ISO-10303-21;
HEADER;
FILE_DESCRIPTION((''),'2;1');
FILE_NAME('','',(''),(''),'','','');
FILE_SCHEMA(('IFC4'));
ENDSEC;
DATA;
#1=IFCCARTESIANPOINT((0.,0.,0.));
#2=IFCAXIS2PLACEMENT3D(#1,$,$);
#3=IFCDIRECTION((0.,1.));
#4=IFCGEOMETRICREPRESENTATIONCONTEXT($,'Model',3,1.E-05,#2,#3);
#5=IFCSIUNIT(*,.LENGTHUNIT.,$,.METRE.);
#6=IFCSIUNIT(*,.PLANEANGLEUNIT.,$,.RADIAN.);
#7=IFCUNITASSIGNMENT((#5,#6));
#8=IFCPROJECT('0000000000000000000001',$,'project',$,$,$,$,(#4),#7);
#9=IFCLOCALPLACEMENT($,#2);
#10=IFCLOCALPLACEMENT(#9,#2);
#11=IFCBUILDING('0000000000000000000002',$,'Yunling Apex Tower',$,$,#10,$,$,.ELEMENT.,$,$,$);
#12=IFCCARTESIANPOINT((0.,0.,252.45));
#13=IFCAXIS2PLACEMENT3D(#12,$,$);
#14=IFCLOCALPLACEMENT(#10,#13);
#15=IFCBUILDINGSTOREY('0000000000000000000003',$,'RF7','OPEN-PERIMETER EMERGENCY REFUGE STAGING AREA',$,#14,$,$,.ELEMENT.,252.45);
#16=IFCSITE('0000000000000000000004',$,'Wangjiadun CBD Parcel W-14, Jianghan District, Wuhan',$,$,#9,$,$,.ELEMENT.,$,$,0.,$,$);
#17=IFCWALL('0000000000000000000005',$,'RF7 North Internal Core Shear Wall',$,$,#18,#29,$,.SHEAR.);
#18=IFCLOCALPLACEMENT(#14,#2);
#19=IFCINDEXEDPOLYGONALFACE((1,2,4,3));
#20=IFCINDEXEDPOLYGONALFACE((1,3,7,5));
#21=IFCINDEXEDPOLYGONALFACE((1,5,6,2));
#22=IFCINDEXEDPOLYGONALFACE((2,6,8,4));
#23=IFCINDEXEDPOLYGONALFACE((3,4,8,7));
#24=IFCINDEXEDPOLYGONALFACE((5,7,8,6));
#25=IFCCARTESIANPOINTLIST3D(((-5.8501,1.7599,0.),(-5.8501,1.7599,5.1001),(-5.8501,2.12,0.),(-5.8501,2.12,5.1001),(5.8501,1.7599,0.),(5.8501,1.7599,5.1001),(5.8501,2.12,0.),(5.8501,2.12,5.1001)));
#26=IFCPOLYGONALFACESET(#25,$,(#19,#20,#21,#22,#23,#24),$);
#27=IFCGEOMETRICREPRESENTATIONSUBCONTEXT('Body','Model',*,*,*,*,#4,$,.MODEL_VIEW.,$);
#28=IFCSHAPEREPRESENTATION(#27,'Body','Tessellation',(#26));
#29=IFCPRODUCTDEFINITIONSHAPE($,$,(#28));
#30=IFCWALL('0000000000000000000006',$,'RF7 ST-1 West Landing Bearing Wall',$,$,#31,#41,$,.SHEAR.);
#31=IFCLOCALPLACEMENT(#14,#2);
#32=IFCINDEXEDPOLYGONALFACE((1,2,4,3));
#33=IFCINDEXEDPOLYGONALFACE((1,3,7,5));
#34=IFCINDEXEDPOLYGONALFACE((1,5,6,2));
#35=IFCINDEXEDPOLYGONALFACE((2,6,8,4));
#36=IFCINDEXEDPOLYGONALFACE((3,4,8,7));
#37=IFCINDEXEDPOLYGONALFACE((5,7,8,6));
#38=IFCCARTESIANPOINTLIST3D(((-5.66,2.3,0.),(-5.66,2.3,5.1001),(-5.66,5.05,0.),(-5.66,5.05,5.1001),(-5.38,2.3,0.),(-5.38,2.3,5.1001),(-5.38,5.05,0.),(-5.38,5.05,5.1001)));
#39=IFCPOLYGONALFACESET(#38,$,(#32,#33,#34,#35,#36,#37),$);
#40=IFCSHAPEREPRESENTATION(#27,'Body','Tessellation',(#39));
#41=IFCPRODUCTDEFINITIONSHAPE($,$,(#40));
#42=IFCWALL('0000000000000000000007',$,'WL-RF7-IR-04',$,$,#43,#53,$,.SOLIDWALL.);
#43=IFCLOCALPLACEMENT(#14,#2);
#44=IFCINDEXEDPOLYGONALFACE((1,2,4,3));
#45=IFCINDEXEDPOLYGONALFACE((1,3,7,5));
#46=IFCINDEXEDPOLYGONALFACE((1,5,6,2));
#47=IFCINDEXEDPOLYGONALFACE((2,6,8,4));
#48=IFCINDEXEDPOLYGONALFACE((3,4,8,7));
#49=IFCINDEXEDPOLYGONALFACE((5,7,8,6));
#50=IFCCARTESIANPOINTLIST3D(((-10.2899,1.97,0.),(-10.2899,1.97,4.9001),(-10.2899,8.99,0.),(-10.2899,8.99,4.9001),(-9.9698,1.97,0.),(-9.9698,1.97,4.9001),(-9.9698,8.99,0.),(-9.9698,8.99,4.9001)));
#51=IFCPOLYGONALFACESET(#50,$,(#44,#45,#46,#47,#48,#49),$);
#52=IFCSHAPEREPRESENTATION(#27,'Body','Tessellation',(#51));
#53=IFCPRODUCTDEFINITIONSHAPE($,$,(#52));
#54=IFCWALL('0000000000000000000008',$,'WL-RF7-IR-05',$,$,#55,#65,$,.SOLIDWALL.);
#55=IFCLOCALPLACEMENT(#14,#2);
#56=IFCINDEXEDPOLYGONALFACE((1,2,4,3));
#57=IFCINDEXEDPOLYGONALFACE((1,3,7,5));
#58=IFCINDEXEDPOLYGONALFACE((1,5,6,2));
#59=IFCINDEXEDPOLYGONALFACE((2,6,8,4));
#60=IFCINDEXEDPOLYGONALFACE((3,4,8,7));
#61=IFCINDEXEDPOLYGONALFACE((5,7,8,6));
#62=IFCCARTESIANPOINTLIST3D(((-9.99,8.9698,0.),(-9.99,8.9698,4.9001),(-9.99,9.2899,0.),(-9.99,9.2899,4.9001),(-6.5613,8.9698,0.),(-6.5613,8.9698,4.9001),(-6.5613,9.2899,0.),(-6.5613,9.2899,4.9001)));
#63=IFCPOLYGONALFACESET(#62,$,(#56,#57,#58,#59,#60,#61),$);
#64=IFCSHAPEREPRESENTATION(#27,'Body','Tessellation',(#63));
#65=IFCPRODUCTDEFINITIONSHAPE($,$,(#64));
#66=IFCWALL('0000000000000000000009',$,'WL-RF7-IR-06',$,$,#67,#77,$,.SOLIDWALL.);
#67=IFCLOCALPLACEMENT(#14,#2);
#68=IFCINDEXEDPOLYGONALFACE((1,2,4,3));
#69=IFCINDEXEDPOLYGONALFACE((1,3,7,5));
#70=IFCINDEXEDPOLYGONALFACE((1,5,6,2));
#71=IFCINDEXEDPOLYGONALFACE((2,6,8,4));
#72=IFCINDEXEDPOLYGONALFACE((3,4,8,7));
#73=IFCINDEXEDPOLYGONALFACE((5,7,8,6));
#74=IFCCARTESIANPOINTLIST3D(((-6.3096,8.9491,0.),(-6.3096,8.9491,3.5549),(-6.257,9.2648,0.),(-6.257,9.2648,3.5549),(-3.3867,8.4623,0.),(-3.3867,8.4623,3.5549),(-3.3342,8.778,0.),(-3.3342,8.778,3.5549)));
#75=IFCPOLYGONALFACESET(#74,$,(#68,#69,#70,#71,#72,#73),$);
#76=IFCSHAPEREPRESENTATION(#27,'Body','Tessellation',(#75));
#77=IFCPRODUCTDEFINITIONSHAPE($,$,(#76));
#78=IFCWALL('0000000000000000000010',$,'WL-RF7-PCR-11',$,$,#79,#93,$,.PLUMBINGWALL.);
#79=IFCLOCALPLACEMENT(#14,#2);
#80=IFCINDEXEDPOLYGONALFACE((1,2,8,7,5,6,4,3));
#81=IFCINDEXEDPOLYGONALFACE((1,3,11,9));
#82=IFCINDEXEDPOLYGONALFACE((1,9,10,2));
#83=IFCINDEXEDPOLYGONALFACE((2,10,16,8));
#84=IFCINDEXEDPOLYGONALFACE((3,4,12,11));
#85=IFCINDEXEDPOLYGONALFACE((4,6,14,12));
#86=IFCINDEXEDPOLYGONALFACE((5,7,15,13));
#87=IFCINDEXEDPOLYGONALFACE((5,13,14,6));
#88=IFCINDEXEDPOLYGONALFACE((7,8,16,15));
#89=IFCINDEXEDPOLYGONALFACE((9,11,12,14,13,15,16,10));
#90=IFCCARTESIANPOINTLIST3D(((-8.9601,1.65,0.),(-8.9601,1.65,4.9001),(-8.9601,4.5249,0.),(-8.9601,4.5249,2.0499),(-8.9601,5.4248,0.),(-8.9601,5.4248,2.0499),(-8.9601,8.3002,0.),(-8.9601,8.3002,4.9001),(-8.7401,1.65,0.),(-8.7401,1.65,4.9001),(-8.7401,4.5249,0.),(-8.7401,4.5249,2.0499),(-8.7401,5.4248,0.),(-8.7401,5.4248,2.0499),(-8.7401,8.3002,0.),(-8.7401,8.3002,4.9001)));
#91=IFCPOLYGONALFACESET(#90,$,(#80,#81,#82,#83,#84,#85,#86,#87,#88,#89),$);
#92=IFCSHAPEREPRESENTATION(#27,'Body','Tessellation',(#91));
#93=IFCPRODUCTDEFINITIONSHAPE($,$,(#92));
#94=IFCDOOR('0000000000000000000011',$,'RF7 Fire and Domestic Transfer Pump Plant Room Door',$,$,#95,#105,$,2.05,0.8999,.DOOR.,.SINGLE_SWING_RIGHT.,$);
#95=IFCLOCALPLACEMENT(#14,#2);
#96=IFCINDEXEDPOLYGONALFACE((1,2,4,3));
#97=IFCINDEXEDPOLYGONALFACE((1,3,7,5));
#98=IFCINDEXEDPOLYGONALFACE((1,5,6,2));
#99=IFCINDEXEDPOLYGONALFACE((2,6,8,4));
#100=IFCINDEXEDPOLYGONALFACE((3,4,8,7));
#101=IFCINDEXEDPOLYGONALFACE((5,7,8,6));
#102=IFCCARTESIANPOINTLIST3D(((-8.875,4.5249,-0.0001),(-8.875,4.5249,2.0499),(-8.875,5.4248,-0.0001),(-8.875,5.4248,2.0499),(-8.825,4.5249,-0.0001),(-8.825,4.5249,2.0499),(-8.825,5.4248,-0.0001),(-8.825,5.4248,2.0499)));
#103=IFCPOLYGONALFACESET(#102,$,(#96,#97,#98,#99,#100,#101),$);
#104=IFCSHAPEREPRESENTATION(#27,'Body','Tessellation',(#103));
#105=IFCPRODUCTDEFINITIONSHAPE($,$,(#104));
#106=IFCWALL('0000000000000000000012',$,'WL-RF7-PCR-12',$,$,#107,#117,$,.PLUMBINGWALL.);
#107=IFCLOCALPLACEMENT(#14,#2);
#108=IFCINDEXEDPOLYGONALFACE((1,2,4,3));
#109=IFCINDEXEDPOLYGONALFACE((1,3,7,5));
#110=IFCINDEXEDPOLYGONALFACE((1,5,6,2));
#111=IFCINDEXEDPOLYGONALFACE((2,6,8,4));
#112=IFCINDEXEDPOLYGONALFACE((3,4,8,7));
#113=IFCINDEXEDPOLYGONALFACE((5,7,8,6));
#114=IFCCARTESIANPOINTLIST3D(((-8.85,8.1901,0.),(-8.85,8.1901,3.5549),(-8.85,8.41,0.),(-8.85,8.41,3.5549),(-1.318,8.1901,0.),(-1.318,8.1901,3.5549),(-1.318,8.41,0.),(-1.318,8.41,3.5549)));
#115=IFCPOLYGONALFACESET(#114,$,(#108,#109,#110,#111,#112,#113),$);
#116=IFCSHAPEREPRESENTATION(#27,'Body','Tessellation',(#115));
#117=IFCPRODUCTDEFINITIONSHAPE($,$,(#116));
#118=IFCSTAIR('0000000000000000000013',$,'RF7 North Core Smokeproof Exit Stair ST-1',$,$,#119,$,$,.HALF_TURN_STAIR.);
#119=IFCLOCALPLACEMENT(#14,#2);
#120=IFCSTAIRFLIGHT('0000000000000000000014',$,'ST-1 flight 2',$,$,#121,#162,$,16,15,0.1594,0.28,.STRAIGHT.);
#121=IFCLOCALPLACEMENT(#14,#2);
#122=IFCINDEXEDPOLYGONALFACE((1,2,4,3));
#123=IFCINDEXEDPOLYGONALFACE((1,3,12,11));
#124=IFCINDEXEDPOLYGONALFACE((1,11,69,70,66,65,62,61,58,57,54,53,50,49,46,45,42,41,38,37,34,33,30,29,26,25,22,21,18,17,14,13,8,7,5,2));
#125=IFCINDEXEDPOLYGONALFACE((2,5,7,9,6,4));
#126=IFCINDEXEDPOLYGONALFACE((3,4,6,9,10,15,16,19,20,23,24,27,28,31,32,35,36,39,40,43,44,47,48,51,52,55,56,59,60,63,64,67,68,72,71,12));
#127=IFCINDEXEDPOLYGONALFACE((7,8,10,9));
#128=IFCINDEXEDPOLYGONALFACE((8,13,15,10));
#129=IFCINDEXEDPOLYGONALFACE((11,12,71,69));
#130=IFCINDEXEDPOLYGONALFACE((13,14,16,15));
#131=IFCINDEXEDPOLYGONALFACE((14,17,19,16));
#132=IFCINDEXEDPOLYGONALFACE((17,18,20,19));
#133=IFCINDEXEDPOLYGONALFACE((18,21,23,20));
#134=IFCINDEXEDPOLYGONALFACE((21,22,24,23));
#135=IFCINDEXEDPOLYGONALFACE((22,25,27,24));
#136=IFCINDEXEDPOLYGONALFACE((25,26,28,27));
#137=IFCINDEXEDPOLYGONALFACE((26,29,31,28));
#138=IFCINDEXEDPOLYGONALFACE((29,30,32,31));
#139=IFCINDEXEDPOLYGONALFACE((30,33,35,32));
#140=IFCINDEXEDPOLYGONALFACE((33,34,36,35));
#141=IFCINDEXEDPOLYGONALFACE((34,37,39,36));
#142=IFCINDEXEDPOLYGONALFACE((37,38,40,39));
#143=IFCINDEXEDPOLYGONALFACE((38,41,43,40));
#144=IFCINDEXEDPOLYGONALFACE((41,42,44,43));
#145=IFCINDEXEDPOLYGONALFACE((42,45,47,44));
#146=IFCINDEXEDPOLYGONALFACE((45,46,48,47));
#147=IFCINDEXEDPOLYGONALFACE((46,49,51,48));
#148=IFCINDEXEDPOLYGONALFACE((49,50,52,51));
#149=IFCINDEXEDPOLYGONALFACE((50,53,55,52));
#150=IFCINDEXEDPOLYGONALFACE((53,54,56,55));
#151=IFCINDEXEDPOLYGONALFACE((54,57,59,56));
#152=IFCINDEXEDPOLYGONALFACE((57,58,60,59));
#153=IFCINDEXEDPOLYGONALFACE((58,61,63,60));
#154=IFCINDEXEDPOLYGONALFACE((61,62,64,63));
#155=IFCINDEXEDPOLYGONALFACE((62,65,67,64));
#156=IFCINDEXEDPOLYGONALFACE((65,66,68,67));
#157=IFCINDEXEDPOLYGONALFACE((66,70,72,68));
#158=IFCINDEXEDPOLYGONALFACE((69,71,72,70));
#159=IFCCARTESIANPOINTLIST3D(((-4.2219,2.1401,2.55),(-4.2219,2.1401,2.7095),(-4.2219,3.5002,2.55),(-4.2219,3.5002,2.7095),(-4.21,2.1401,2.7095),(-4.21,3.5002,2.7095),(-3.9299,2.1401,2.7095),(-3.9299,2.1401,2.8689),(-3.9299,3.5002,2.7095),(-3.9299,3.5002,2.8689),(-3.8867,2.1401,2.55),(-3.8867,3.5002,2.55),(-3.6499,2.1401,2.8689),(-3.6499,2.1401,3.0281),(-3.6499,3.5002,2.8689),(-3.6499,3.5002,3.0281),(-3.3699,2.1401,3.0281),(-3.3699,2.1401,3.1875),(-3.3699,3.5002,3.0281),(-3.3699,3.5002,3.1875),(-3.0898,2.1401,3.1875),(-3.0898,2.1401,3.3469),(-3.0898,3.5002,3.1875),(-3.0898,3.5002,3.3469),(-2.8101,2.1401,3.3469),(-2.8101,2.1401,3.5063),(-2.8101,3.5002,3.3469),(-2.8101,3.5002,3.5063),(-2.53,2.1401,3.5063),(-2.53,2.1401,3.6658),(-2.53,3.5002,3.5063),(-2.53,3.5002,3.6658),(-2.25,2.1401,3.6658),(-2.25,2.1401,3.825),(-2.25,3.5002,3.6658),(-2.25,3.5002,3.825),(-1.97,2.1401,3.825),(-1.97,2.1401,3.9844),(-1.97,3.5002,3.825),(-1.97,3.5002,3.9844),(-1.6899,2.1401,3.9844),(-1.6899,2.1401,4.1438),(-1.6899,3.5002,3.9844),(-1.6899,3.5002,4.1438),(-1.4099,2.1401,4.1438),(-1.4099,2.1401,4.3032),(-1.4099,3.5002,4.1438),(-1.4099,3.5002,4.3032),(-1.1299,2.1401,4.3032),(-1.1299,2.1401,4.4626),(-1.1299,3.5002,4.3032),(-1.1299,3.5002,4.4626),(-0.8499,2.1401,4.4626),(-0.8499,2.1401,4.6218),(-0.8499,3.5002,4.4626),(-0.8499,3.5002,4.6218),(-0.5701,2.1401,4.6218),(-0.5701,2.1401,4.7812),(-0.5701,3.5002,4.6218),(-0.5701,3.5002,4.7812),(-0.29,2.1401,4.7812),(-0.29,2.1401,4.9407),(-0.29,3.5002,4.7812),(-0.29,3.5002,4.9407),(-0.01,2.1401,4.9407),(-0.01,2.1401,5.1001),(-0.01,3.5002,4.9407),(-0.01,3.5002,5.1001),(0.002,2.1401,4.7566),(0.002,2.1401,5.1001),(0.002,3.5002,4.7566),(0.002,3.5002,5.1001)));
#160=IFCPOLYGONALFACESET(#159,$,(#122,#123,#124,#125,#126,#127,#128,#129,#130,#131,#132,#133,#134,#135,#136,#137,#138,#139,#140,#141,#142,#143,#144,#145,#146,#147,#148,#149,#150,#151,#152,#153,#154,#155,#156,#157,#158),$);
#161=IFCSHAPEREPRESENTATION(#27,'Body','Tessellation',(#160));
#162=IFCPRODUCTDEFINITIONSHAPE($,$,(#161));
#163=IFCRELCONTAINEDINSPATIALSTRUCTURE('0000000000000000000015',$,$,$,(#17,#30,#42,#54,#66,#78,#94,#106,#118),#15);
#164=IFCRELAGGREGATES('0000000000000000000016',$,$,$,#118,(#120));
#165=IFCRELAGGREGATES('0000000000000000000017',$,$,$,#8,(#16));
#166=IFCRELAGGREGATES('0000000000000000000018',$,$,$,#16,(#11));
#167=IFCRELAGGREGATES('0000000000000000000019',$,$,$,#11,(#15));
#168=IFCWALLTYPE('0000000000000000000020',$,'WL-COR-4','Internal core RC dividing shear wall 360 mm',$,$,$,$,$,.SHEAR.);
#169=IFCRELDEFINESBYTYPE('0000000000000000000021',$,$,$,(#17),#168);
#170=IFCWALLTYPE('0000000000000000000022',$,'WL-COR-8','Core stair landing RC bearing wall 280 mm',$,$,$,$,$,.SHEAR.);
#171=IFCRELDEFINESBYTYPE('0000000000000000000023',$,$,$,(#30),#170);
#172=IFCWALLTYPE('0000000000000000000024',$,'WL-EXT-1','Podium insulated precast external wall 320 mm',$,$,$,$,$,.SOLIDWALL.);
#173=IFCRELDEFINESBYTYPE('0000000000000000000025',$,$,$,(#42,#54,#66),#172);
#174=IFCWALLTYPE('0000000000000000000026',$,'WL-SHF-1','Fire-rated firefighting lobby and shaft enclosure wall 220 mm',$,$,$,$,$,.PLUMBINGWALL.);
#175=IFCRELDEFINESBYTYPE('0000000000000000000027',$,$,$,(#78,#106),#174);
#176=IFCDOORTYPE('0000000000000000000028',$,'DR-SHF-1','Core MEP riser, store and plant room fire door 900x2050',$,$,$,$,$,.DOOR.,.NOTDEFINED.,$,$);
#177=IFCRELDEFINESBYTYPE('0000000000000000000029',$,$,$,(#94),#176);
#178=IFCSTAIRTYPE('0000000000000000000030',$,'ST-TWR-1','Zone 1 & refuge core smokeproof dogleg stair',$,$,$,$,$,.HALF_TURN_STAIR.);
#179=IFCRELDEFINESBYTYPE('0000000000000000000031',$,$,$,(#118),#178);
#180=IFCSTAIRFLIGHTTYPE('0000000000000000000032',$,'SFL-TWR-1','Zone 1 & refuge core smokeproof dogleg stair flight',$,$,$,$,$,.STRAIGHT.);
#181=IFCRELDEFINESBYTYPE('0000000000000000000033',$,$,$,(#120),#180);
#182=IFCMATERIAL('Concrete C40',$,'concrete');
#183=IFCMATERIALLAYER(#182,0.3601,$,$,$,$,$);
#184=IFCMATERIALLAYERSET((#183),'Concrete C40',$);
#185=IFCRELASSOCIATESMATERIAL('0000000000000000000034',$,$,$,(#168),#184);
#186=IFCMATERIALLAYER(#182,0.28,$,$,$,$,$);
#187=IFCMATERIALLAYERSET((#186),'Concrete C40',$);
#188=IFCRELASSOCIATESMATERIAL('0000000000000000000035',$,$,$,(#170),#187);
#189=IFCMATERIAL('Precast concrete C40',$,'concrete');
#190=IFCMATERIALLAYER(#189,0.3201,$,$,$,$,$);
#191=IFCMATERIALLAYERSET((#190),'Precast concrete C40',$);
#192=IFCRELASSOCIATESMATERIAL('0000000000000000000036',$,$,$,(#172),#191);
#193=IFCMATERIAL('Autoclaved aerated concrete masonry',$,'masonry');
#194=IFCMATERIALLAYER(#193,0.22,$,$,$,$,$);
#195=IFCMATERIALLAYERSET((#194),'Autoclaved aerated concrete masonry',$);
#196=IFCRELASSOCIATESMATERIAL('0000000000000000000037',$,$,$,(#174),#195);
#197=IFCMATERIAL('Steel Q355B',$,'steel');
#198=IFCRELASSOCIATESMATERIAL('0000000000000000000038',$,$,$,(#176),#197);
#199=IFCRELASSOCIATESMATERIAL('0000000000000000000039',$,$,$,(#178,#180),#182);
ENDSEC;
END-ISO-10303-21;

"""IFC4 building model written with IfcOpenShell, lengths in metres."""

from ifc_helpers import new_model, si_unit, direction, frame, frame_2d, origin, place, context, subcontext, project, spatial, polyline, rectangle, outline, extrude, material, layer, layer_set, type_object, element, fill, aggregate, save


model = new_model("IFC4")

# Units and contexts
model_context = context("Model", 3, precision=1e-05, world=origin(), true_north=direction((0.0, 1.0)))
body_context = subcontext(model_context, "Body", "Model", "MODEL_VIEW")
ifc_project = project(units=[si_unit("LENGTHUNIT", "METRE"), si_unit("PLANEANGLEUNIT", "RADIAN")], contexts=[model_context])

# Site, building, storey
site_placement = place(None, origin())
site = spatial("IfcSite", under=ifc_project, at=site_placement, Name="Wangjiadun CBD Parcel W-14, Jianghan District, Wuhan", CompositionType="ELEMENT", RefElevation=0.0)
building_placement = place(site_placement, origin())
building = spatial("IfcBuilding", under=site, at=building_placement, Name="Yunling Apex Tower", CompositionType="ELEMENT")
storey_placement = place(building_placement, frame((0.0, 0.0, 252.45)))
storey = spatial("IfcBuildingStorey", under=building, at=storey_placement, Name="RF7", Description="OPEN-PERIMETER EMERGENCY REFUGE STAGING AREA", CompositionType="ELEMENT", Elevation=252.45)

# Shared definitions
ifc_material_1 = material(Name="Steel Q355B", Category="steel")

# Shared definitions
ifc_material_2 = material(Name="Concrete C40", Category="concrete")

# Walls
ifc_layer_1 = layer(ifc_material_2, 0.3601)
ifc_layer_set_1 = layer_set([ifc_layer_1], Name="Concrete C40")
wall_type_1 = type_object("IfcWallType", Name="WL-COR-4", Description="Internal core RC dividing shear wall 360 mm", PredefinedType="SHEAR", material=ifc_layer_set_1)
wall_1_placement = place(storey_placement, frame((-5.8501, 1.9399, 0.0), z_axis=(0.0, 0.0, 1.0), x_axis=(1.0, 0.0, 0.0)))
element("IfcWall", 1, at=wall_1_placement, inside=storey, type_object=wall_type_1, Name="RF7 North Internal Core Shear Wall", PredefinedType="SHEAR", context=body_context, shape_type="SweptSolid", body=[
    extrude(rectangle(XDim=11.7002, YDim=0.3601, at=frame_2d((5.8501, 0.0))), origin(), (0.0, 0.0, 1.0), 5.1001),
])
ifc_layer_2 = layer(ifc_material_2, 0.28)
ifc_layer_set_2 = layer_set([ifc_layer_2], Name="Concrete C40")
wall_type_2 = type_object("IfcWallType", Name="WL-COR-8", Description="Core stair landing RC bearing wall 280 mm", PredefinedType="SHEAR", material=ifc_layer_set_2)
wall_2_placement = place(storey_placement, frame((-5.52, 2.3, 0.0), z_axis=(0.0, 0.0, 1.0), x_axis=(0.0, 1.0, 0.0)))
element("IfcWall", 2, at=wall_2_placement, inside=storey, type_object=wall_type_2, Name="RF7 ST-1 West Landing Bearing Wall", PredefinedType="SHEAR", context=body_context, shape_type="SweptSolid", body=[
    extrude(rectangle(XDim=2.75, YDim=0.28, at=frame_2d((1.375, 0.0))), origin(), (0.0, 0.0, 1.0), 5.1001),
])
ifc_material_3 = material(Name="Precast concrete C40", Category="concrete")
ifc_layer_3 = layer(ifc_material_3, 0.3201)
ifc_layer_set_3 = layer_set([ifc_layer_3], Name="Precast concrete C40")
wall_type_3 = type_object("IfcWallType", Name="WL-EXT-1", Description="Podium insulated precast external wall 320 mm", PredefinedType="SOLIDWALL", material=ifc_layer_set_3)
wall_3_placement = place(storey_placement, frame((-10.1299, 1.97, 0.0), z_axis=(0.0, 0.0, 1.0), x_axis=(0.0, 1.0, 0.0)))
element("IfcWall", 3, at=wall_3_placement, inside=storey, type_object=wall_type_3, Name="WL-RF7-IR-04", PredefinedType="SOLIDWALL", context=body_context, shape_type="SweptSolid", body=[
    extrude(rectangle(XDim=7.02, YDim=0.3201, at=frame_2d((3.51, 0.0))), origin(), (0.0, 0.0, 1.0), 4.9001),
])
wall_4_placement = place(storey_placement, frame((-9.99, 9.1299, 0.0), z_axis=(0.0, 0.0, 1.0), x_axis=(1.0, 0.0, 0.0)))
element("IfcWall", 4, at=wall_4_placement, inside=storey, type_object=wall_type_3, Name="WL-RF7-IR-05", PredefinedType="SOLIDWALL", context=body_context, shape_type="SweptSolid", body=[
    extrude(rectangle(XDim=3.4287, YDim=0.3201, at=frame_2d((1.7144, 0.0))), origin(), (0.0, 0.0, 1.0), 4.9001),
])
wall_5_placement = place(storey_placement, frame((-6.2832, 9.1069, 0.0), z_axis=(0.0, 0.0, 1.0), x_axis=(0.986412, -0.164292, 0.0)))
element("IfcWall", 5, at=wall_5_placement, inside=storey, type_object=wall_type_3, Name="WL-RF7-IR-06", PredefinedType="SOLIDWALL", context=body_context, shape_type="SweptSolid", body=[
    extrude(rectangle(XDim=2.9631, YDim=0.3201, at=frame_2d((1.4814, 0.0))), origin(), (0.0, 0.0, 1.0), 3.5549),
])

# Wall, opening, door
ifc_material_4 = material(Name="Autoclaved aerated concrete masonry", Category="masonry")
ifc_layer_4 = layer(ifc_material_4, 0.22)
ifc_layer_set_4 = layer_set([ifc_layer_4], Name="Autoclaved aerated concrete masonry")
wall_type_4 = type_object("IfcWallType", Name="WL-SHF-1", Description="Fire-rated firefighting lobby and shaft enclosure wall 220 mm", PredefinedType="PLUMBINGWALL", material=ifc_layer_set_4)
wall_6_placement = place(storey_placement, frame((-8.8501, 1.6499, 0.0), z_axis=(0.0, 0.0, 1.0), x_axis=(0.0, 1.0, 0.0)))
wall_6 = element("IfcWall", 6, at=wall_6_placement, inside=storey, type_object=wall_type_4, Name="WL-RF7-PCR-11", PredefinedType="PLUMBINGWALL", context=body_context, shape_type="SweptSolid", body=[
    extrude(rectangle(XDim=6.6501, YDim=0.22, at=frame_2d((3.3252, 0.0))), origin(), (0.0, 0.0, 1.0), 4.9001),
])
opening_1_placement = place(wall_6_placement, frame((2.875, 0.0, 0.0)))
opening_1 = element("IfcOpeningElement", 7, at=opening_1_placement, cuts=wall_6, PredefinedType="OPENING", context=body_context, shape_type="SweptSolid", body=[
    extrude(rectangle(XDim=0.8999, YDim=2.05, at=frame_2d((0.45, 1.0249))), frame((0.0, 0.1201, 0.0), z_axis=(0.0, -1.0, 0.0), x_axis=(1.0, 0.0, 0.0)), (0.0, 0.0, 1.0), 0.24),
])
door_type_1 = type_object("IfcDoorType", Name="DR-SHF-1", Description="Core MEP riser, store and plant room fire door 900x2050", OperationType="NOTDEFINED", PredefinedType="DOOR", material=ifc_material_1)
door_1_placement = place(opening_1_placement, origin())
door_1 = element("IfcDoor", 8, at=door_1_placement, inside=storey, type_object=door_type_1, Name="RF7 Fire and Domestic Transfer Pump Plant Room Door", OperationType="SINGLE_SWING_RIGHT", OverallHeight=2.05, OverallWidth=0.8999, PredefinedType="DOOR", context=body_context, shape_type="SweptSolid", body=[
    extrude(rectangle(XDim=0.8999, YDim=2.05, at=frame_2d((0.45, 1.0249))), frame((0.0, 0.0249, 0.0), z_axis=(0.0, -1.0, 0.0), x_axis=(1.0, 0.0, 0.0)), (0.0, 0.0, 1.0), 0.05),
])
fill(opening_1, door_1)

# Wall
wall_7_placement = place(storey_placement, frame((-8.8501, 8.3, 0.0), z_axis=(0.0, 0.0, 1.0), x_axis=(1.0, 0.0, 0.0)))
element("IfcWall", 9, at=wall_7_placement, inside=storey, type_object=wall_type_4, Name="WL-RF7-PCR-12", PredefinedType="PLUMBINGWALL", context=body_context, shape_type="SweptSolid", body=[
    extrude(rectangle(XDim=7.532, YDim=0.22, at=frame_2d((3.7661, 0.0))), origin(), (0.0, 0.0, 1.0), 3.5549),
])

# Stair, stair flight
stair_type = type_object("IfcStairType", Name="ST-TWR-1", Description="Zone 1 & refuge core smokeproof dogleg stair", PredefinedType="HALF_TURN_STAIR", material=ifc_material_2)
stair_placement = place(storey_placement, origin())
stair = element("IfcStair", 10, at=stair_placement, inside=storey, type_object=stair_type, Name="RF7 North Core Smokeproof Exit Stair ST-1", PredefinedType="HALF_TURN_STAIR")
stair_flight_type = type_object("IfcStairFlightType", Name="SFL-TWR-1", Description="Zone 1 & refuge core smokeproof dogleg stair flight", PredefinedType="STRAIGHT", material=ifc_material_2)
stair_flight_placement = place(storey_placement, frame((-4.21, 2.8201, 2.55), z_axis=(0.0, 0.0, 1.0), x_axis=(1.0, 0.0, 0.0)))
stair_flight = element("IfcStairFlight", 11, at=stair_flight_placement, type_object=stair_flight_type, Name="ST-1 flight 2", NumberOfRisers=16, NumberOfTreads=15, PredefinedType="STRAIGHT", RiserHeight=0.1594, TreadLength=0.28, context=body_context, shape_type="SweptSolid", body=[
    extrude(outline(polyline([(-0.012, 0.0), (-0.012, 0.1594), (0.0, 0.1594), (0.28, 0.1594), (0.28, 0.3188), (0.5601, 0.3188), (0.5601, 0.478), (0.8401, 0.478), (0.8401, 0.6375), (1.1201, 0.6375), (1.1201, 0.7969), (1.3999, 0.7969), (1.3999, 0.9563), (1.6799, 0.9563), (1.6799, 1.1157), (1.96, 1.1157), (1.96, 1.2749), (2.24, 1.2749), (2.24, 1.4343), (2.52, 1.4343), (2.52, 1.5938), (2.8, 1.5938), (2.8, 1.7532), (3.0801, 1.7532), (3.0801, 1.9126), (3.3601, 1.9126), (3.3601, 2.0718), (3.6399, 2.0718), (3.6399, 2.2312), (3.9199, 2.2312), (3.9199, 2.3906), (4.2, 2.3906), (4.2, 2.55), (4.2119, 2.55), (4.2119, 2.2065), (0.3232, 0.0), (-0.012, 0.0)])), frame((0.0, 0.6802, 0.0), z_axis=(0.0, -1.0, 0.0), x_axis=(1.0, 0.0, 0.0)), (0.0, 0.0, 1.0), 1.3601),
])
aggregate(stair, [stair_flight])

save(model, "model.ifc")
